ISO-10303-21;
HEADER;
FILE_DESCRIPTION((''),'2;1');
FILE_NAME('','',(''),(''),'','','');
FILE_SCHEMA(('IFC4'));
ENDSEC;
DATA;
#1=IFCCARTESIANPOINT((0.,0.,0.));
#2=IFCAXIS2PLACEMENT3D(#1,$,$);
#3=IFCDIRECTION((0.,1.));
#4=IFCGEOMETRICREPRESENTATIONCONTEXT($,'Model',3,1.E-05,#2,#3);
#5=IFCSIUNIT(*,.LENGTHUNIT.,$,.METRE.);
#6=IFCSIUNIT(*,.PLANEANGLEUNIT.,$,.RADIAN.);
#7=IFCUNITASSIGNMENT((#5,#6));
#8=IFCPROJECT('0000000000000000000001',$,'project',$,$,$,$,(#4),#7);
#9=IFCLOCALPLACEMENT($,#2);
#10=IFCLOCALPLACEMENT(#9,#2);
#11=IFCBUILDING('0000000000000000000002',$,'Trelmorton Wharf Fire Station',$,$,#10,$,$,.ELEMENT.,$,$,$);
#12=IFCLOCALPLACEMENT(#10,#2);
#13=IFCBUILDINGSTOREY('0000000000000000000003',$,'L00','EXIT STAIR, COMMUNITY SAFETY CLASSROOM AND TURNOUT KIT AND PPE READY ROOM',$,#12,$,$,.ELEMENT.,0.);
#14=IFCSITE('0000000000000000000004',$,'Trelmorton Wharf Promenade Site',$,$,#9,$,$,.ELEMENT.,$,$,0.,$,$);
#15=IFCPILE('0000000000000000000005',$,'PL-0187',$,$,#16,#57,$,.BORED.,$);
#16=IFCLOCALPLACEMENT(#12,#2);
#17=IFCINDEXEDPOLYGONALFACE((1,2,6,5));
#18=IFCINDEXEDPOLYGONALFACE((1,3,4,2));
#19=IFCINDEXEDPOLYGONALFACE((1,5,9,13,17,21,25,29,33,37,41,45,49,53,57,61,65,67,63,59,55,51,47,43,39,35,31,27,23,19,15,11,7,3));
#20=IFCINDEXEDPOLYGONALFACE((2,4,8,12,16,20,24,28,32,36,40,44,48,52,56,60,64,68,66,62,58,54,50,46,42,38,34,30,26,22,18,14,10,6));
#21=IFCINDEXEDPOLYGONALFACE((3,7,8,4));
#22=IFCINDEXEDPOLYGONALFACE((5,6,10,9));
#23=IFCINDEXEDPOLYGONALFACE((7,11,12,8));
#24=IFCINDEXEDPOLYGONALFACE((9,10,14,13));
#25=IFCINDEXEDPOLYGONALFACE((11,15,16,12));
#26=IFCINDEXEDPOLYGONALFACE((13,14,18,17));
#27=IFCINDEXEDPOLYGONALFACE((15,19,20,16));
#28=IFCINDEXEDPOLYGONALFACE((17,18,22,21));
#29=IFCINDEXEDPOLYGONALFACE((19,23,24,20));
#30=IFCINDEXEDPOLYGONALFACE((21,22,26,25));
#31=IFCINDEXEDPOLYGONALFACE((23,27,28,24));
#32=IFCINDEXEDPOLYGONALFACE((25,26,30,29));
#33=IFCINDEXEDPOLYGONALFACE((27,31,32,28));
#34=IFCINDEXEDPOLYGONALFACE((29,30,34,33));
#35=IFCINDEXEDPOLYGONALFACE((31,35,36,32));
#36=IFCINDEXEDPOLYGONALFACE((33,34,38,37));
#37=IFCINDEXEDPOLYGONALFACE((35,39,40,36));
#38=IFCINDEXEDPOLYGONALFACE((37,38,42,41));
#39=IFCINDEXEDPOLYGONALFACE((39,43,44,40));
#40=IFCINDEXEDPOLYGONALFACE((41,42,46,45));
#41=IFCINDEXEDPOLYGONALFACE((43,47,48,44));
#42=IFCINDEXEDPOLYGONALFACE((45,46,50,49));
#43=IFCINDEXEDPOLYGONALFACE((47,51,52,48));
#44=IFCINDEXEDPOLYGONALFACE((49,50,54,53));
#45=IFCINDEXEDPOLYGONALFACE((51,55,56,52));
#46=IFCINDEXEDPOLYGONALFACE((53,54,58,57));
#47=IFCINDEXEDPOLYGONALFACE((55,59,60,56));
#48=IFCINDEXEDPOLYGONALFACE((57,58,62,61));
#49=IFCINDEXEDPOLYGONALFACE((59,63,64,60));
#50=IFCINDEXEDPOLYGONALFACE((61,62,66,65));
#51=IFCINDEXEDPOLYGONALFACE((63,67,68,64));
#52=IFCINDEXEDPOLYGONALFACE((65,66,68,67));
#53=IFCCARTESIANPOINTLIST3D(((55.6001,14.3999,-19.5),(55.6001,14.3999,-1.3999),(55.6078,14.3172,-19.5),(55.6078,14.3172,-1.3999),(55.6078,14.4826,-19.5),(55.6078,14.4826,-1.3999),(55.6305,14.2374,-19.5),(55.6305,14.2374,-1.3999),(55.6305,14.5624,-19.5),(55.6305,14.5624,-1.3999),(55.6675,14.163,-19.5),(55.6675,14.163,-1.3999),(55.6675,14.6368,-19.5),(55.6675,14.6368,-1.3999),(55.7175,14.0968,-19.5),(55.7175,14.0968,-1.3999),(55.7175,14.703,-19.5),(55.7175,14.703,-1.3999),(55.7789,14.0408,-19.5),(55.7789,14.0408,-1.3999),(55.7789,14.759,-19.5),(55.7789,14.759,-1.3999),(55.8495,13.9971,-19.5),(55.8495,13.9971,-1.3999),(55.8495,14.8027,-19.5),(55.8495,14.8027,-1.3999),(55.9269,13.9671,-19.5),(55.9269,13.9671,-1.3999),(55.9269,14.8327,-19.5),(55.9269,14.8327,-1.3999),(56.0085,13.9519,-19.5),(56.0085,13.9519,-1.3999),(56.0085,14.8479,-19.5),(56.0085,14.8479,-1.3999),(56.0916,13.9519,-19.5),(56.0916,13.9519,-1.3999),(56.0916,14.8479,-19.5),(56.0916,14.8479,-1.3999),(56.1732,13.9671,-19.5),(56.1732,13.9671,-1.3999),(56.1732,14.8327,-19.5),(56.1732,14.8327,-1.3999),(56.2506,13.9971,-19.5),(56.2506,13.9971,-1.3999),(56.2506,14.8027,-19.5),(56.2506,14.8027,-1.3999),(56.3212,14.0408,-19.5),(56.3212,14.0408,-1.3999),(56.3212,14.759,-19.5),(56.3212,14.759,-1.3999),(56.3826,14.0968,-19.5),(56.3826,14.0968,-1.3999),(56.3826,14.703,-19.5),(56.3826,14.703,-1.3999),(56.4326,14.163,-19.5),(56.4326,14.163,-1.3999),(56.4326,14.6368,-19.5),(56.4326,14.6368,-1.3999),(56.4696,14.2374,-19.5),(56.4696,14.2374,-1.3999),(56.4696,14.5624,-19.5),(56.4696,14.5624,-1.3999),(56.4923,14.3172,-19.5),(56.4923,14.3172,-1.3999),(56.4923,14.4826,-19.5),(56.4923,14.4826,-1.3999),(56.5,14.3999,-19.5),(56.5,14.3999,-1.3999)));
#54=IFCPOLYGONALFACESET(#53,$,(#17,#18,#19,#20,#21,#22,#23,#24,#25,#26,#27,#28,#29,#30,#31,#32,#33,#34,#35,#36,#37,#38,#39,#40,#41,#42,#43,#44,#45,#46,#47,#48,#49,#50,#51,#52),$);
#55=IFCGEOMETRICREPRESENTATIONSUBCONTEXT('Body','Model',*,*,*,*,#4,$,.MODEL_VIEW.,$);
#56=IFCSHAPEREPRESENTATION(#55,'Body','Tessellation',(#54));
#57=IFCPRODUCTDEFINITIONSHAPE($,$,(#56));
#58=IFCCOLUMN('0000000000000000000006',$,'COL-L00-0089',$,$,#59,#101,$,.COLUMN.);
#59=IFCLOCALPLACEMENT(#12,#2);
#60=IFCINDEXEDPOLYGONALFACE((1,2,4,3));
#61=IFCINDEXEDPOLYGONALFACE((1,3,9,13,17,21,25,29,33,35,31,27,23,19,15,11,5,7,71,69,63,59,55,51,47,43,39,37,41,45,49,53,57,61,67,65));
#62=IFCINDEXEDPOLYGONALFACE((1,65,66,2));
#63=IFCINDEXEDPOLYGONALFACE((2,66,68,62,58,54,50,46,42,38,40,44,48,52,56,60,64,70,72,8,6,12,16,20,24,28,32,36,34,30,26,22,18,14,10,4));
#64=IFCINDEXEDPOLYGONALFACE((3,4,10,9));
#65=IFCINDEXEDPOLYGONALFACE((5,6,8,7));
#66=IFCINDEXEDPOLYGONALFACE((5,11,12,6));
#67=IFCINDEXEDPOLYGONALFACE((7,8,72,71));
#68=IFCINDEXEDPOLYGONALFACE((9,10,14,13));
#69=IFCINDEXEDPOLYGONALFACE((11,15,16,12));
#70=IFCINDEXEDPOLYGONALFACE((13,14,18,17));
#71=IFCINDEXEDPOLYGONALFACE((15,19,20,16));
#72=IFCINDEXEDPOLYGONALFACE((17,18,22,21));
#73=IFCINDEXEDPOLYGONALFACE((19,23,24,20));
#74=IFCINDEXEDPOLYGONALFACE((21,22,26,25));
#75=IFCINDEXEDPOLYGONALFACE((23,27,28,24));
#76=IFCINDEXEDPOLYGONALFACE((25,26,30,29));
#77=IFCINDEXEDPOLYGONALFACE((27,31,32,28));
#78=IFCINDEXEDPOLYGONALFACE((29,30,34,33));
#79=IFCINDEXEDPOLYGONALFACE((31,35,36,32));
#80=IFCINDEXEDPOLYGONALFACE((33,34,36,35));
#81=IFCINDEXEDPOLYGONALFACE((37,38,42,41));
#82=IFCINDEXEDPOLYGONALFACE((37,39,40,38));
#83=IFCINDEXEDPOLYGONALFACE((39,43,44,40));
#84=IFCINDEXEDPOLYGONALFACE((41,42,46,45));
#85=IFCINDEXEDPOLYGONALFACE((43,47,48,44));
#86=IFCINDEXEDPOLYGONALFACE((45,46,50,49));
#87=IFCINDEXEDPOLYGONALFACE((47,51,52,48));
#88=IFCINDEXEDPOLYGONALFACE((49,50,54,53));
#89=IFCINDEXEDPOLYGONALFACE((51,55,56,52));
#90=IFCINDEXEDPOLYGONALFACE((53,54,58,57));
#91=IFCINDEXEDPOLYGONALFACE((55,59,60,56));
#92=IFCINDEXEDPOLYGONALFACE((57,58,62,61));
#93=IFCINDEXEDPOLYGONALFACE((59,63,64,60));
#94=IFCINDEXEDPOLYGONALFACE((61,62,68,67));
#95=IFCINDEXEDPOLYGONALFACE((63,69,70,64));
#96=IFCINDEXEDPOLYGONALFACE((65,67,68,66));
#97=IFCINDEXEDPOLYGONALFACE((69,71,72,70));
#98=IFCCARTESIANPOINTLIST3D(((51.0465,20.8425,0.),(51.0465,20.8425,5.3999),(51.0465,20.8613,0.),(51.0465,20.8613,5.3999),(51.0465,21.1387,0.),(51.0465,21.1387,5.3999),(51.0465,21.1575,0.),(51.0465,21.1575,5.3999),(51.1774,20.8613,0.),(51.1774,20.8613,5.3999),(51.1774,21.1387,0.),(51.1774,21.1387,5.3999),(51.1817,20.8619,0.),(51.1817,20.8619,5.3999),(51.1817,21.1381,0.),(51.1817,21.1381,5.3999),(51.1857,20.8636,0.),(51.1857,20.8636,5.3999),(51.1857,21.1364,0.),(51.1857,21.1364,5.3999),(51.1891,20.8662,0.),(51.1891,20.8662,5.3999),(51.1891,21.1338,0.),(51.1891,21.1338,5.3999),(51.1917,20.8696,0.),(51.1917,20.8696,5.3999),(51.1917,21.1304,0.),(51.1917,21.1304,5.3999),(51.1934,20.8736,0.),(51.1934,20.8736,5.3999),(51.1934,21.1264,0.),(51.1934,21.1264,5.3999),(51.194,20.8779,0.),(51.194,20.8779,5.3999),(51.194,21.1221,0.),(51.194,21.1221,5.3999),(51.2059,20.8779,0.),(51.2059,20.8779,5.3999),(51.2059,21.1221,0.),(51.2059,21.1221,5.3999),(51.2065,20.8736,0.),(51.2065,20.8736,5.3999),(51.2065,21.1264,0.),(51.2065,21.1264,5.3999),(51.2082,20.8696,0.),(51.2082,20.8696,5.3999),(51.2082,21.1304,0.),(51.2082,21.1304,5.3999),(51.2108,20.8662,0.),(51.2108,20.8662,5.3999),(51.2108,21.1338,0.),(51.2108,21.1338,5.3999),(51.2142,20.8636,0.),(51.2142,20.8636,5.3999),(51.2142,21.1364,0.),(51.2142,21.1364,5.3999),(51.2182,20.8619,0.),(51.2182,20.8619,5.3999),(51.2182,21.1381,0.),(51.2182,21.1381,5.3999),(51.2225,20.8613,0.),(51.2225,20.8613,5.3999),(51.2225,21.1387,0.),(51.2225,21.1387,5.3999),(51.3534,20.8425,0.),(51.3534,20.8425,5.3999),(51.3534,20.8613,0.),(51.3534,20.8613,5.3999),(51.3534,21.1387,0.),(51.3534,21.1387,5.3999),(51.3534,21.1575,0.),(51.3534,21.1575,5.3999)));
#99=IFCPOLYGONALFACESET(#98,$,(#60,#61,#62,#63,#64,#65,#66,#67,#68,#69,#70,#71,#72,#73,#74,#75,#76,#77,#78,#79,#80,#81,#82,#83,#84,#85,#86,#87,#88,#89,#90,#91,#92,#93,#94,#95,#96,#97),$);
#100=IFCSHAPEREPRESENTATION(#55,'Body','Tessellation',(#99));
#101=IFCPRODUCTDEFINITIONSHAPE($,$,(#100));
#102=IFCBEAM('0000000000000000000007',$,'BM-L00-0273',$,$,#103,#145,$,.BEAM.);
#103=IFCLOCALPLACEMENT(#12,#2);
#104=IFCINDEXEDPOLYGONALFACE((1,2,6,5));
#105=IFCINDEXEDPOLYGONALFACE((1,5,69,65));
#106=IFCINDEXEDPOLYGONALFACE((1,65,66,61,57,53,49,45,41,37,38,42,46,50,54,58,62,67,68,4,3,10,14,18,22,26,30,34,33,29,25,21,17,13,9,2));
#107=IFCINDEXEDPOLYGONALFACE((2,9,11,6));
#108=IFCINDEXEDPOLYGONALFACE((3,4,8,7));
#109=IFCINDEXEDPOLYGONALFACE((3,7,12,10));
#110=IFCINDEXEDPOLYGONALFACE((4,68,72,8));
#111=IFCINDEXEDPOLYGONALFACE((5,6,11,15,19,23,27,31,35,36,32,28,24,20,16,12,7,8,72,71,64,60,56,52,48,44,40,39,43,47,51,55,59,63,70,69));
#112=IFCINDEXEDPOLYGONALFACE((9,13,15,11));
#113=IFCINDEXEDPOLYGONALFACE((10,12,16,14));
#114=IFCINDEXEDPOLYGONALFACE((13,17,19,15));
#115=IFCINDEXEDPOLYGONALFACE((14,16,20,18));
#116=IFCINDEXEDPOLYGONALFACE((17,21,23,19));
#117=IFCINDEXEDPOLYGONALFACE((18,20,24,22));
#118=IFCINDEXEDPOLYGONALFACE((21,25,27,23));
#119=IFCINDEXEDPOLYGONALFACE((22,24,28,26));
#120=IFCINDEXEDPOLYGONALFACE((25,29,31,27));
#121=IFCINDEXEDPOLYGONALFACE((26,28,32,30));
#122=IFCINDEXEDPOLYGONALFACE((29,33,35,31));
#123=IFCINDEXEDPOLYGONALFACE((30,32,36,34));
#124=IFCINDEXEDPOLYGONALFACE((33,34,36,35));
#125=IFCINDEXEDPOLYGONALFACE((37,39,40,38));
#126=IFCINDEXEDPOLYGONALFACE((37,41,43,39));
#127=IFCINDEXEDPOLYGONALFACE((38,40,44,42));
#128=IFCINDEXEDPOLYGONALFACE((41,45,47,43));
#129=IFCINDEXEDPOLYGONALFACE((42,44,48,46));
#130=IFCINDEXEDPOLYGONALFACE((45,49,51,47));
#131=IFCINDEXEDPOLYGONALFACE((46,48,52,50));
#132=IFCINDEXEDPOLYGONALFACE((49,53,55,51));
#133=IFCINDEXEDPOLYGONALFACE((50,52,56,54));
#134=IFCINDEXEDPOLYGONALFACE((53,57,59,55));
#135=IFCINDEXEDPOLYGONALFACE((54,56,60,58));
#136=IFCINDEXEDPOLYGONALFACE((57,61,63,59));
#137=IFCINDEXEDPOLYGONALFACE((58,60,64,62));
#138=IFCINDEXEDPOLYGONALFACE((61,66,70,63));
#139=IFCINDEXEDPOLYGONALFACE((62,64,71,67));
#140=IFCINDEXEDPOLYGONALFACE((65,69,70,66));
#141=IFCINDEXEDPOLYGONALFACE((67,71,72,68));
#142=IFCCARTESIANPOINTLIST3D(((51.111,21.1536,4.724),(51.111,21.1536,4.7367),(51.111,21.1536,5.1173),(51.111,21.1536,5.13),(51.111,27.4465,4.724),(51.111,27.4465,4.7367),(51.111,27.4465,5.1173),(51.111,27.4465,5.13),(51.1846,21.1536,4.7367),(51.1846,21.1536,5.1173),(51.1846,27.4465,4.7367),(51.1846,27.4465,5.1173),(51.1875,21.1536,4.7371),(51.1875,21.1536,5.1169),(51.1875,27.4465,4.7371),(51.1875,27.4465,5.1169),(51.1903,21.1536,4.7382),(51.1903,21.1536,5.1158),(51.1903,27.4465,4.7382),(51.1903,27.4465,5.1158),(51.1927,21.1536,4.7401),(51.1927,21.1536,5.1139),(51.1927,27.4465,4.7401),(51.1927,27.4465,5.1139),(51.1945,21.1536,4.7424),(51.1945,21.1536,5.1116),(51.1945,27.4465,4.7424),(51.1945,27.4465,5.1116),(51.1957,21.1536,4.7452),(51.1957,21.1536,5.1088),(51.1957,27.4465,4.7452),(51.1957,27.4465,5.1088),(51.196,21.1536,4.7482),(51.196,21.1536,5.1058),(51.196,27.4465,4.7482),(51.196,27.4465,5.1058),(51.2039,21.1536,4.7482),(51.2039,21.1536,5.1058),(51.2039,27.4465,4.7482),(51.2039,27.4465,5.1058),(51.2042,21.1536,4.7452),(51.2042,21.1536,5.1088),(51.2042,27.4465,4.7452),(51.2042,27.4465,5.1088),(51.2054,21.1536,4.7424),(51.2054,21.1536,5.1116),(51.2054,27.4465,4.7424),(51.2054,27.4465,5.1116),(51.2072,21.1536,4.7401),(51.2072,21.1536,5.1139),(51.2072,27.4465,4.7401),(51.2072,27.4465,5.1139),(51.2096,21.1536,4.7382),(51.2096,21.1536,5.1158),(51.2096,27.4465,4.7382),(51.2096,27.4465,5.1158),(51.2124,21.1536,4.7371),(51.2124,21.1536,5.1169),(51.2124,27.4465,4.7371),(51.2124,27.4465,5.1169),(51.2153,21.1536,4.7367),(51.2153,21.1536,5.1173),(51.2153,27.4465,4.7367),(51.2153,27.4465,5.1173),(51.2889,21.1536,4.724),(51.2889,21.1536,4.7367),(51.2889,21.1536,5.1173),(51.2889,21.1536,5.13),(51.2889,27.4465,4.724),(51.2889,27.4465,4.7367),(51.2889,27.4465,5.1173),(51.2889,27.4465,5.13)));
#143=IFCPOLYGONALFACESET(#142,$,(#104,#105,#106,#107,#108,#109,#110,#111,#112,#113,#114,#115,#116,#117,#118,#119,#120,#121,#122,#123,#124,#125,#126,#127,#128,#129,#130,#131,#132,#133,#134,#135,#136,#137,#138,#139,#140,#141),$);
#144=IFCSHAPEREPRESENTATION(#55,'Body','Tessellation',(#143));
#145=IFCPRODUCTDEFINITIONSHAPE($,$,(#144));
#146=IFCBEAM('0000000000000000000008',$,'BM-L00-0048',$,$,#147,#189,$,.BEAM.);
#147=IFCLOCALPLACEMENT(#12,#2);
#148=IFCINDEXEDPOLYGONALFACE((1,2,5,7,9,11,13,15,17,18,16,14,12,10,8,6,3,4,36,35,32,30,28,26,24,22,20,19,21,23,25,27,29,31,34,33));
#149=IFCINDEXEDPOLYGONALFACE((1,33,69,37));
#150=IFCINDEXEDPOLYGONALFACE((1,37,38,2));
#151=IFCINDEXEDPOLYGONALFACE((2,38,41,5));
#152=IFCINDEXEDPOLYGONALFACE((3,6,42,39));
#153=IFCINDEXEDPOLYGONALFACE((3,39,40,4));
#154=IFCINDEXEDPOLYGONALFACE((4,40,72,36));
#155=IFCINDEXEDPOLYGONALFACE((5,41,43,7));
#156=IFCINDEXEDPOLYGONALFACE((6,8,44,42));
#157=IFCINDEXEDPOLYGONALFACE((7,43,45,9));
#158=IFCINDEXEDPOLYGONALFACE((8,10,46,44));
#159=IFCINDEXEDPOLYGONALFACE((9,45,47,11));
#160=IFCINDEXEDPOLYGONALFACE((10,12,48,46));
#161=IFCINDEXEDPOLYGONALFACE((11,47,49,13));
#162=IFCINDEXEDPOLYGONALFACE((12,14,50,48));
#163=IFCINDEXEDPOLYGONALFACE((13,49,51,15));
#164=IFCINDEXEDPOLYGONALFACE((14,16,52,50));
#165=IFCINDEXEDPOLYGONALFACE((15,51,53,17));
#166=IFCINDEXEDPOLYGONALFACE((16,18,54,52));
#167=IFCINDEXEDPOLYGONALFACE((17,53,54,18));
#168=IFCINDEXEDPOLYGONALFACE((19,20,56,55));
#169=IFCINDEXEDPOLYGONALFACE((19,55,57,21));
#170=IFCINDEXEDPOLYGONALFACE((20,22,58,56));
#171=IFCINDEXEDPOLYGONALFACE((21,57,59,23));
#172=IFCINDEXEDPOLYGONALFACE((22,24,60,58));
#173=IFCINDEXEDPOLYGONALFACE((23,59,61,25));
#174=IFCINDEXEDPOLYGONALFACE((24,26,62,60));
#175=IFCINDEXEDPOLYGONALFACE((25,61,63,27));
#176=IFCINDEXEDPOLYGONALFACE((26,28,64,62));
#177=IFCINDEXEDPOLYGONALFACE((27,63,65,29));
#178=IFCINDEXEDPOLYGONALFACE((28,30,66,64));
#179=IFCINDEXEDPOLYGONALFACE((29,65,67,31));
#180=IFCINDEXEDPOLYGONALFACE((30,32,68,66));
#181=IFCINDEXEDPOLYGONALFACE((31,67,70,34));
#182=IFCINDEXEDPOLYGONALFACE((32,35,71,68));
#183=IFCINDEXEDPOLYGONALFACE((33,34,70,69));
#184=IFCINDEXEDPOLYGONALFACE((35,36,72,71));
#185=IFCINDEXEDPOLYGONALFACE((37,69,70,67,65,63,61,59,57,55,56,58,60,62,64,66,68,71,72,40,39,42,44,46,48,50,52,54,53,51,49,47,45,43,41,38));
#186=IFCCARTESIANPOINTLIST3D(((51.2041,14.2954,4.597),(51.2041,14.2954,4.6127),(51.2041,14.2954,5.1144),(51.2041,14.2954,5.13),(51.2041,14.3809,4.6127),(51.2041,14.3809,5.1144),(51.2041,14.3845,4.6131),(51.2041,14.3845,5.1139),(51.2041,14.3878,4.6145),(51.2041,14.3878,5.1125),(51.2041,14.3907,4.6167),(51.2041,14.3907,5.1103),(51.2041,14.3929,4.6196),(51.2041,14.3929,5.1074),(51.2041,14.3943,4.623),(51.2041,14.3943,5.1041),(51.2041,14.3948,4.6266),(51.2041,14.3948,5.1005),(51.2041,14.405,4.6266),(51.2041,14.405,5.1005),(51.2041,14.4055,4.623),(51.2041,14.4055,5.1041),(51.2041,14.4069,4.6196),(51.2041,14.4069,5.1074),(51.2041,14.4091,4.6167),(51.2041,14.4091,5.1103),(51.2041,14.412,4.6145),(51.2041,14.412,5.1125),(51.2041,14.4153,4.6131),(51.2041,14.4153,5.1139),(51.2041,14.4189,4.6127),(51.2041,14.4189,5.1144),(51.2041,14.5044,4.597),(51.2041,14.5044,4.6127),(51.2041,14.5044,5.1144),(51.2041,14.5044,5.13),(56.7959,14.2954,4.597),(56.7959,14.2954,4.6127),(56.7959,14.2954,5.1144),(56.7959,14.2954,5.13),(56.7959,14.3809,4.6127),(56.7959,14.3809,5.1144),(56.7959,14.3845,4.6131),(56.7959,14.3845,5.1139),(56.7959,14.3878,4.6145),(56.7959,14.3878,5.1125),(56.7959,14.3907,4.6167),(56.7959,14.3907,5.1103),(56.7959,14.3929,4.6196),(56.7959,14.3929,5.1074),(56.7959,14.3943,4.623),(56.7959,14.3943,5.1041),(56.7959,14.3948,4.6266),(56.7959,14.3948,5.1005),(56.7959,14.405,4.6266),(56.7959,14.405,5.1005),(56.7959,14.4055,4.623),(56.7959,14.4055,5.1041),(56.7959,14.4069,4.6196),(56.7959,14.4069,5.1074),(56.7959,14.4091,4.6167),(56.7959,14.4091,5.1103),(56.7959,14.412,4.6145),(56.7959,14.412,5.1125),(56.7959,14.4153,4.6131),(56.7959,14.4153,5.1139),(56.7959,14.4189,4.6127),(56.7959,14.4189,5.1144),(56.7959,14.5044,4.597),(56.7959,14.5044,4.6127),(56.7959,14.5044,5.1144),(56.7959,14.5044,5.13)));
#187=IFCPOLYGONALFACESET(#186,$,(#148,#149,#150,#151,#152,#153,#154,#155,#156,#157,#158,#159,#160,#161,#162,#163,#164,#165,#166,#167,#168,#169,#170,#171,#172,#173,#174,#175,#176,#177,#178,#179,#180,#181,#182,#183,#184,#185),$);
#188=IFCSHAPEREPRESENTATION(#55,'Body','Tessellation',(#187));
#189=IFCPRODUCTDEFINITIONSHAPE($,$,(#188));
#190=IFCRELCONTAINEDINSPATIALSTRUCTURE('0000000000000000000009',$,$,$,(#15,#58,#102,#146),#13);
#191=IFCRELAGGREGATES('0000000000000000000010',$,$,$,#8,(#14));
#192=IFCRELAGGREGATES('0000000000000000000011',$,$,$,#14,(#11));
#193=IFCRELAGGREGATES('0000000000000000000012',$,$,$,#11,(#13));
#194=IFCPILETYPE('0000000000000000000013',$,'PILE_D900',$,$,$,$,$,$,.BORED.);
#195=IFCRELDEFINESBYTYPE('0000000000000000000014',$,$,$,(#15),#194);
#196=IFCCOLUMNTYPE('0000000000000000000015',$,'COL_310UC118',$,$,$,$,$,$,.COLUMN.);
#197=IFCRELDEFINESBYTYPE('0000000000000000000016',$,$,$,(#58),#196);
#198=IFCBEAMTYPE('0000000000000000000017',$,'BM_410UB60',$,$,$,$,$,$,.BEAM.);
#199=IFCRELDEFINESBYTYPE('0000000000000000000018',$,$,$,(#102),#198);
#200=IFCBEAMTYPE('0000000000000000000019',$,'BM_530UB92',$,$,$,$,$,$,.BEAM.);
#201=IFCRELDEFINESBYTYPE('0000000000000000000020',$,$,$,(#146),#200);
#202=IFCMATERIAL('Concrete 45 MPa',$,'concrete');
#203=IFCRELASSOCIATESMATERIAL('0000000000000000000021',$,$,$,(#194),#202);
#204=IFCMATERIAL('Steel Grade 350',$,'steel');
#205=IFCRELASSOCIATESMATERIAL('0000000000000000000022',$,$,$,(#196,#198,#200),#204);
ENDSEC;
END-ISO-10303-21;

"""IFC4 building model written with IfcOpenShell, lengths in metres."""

from ifc_helpers import new_model, si_unit, direction, frame, origin, origin_2d, place, context, subcontext, project, spatial, circle, i_section, extrude, material, material_profile, profile_set, type_object, element, save


model = new_model("IFC4")

# Units and contexts
model_context = context("Model", 3, precision=1e-05, world=origin(), true_north=direction((0.0, 1.0)))
body_context = subcontext(model_context, "Body", "Model", "MODEL_VIEW")
ifc_project = project(units=[si_unit("LENGTHUNIT", "METRE"), si_unit("PLANEANGLEUNIT", "RADIAN")], contexts=[model_context])

# Site, building, storey
site_placement = place(None, origin())
site = spatial("IfcSite", under=ifc_project, at=site_placement, Name="Trelmorton Wharf Promenade Site", CompositionType="ELEMENT", RefElevation=0.0)
building_placement = place(site_placement, origin())
building = spatial("IfcBuilding", under=site, at=building_placement, Name="Trelmorton Wharf Fire Station", CompositionType="ELEMENT")
storey_placement = place(building_placement, origin())
storey = spatial("IfcBuildingStorey", under=building, at=storey_placement, Name="L00", Description="EXIT STAIR, COMMUNITY SAFETY CLASSROOM AND TURNOUT KIT AND PPE READY ROOM", CompositionType="ELEMENT", Elevation=0.0)

# Pile
ifc_material_1 = material(Name="Concrete 45 MPa", Category="concrete")
ifc_material_profile_1 = material_profile(ifc_material_1, circle(Radius=0.45, at=origin_2d()), Name="PILE-D900")
ifc_profile_set_1 = profile_set([ifc_material_profile_1], Name="Concrete 45 MPa")
pile_type_1 = type_object("IfcPileType", Name="PILE_D900", PredefinedType="BORED", material=ifc_profile_set_1)
for number, where, z_axis, x_axis, name in (
    (1, (56.05, 14.3999, -1.3999), (0.0, 0.0, -1.0), (1.0, 0.0, 0.0), "PL-0187"),
):
    element("IfcPile", number, at=place(storey_placement, frame(where, z_axis=z_axis, x_axis=x_axis)), inside=storey, type_object=pile_type_1, Name=name, PredefinedType="BORED", context=body_context, shape_type="SweptSolid", body=[
        extrude(circle(Radius=0.45, at=origin_2d()), origin(), (0.0, 0.0, 1.0), 18.1001),
    ])

# Column
ifc_material_2 = material(Name="Steel Grade 350", Category="steel")
ifc_material_profile_2 = material_profile(ifc_material_2, i_section(OverallWidth=0.3069, OverallDepth=0.3149, WebThickness=0.012, FlangeThickness=0.0188, FilletRadius=0.0166, at=origin_2d()), Name="310UC118")
ifc_profile_set_2 = profile_set([ifc_material_profile_2], Name="Steel Grade 350")
column_type = type_object("IfcColumnType", Name="COL_310UC118", PredefinedType="COLUMN", material=ifc_profile_set_2)
column_placement = place(storey_placement, frame((51.2, 21.0, 0.0), z_axis=(0.0, 0.0, 1.0), x_axis=(1.0, 0.0, 0.0)))
element("IfcColumn", 2, at=column_placement, inside=storey, type_object=column_type, Name="COL-L00-0089", PredefinedType="COLUMN", context=body_context, shape_type="SweptSolid", body=[
    extrude(i_section(OverallWidth=0.3069, OverallDepth=0.3149, WebThickness=0.012, FlangeThickness=0.0188, FilletRadius=0.0166, at=origin_2d()), origin(), (0.0, 0.0, 1.0), 5.3999),
])

# Beams
ifc_material_profile_3 = material_profile(ifc_material_2, i_section(OverallWidth=0.178, OverallDepth=0.406, WebThickness=0.0078, FlangeThickness=0.0127, FilletRadius=0.0115, at=origin_2d()), Name="410UB59.7")
ifc_profile_set_3 = profile_set([ifc_material_profile_3], Name="Steel Grade 350")
beam_type_1 = type_object("IfcBeamType", Name="BM_410UB60", PredefinedType="BEAM", material=ifc_profile_set_3)
beam_placement = place(storey_placement, frame((51.2, 21.1536, 4.927), z_axis=(0.0, 1.0, 0.0), x_axis=(-1.0, 0.0, 0.0)))
element("IfcBeam", 3, at=beam_placement, inside=storey, type_object=beam_type_1, Name="BM-L00-0273", PredefinedType="BEAM", context=body_context, shape_type="SweptSolid", body=[
    extrude(i_section(OverallWidth=0.178, OverallDepth=0.406, WebThickness=0.0078, FlangeThickness=0.0127, FilletRadius=0.0115, at=origin_2d()), origin(), (0.0, 0.0, 1.0), 6.293),
])
ifc_material_profile_4 = material_profile(ifc_material_2, i_section(OverallWidth=0.209, OverallDepth=0.533, WebThickness=0.0103, FlangeThickness=0.0156, FilletRadius=0.0139, at=origin_2d()), Name="530UB92.4")
ifc_profile_set_4 = profile_set([ifc_material_profile_4], Name="Steel Grade 350")
beam_type_2 = type_object("IfcBeamType", Name="BM_530UB92", PredefinedType="BEAM", material=ifc_profile_set_4)
for number, where, z_axis, x_axis, name in (
    (4, (51.2041, 14.3999, 4.8635), (1.0, 0.0, 0.0), (0.0, 1.0, 0.0), "BM-L00-0048"),
):
    element("IfcBeam", number, at=place(storey_placement, frame(where, z_axis=z_axis, x_axis=x_axis)), inside=storey, type_object=beam_type_2, Name=name, PredefinedType="BEAM", context=body_context, shape_type="SweptSolid", body=[
        extrude(i_section(OverallWidth=0.209, OverallDepth=0.533, WebThickness=0.0103, FlangeThickness=0.0156, FilletRadius=0.0139, at=origin_2d()), origin(), (0.0, 0.0, 1.0), 5.5918),
    ])

save(model, "model.ifc")
